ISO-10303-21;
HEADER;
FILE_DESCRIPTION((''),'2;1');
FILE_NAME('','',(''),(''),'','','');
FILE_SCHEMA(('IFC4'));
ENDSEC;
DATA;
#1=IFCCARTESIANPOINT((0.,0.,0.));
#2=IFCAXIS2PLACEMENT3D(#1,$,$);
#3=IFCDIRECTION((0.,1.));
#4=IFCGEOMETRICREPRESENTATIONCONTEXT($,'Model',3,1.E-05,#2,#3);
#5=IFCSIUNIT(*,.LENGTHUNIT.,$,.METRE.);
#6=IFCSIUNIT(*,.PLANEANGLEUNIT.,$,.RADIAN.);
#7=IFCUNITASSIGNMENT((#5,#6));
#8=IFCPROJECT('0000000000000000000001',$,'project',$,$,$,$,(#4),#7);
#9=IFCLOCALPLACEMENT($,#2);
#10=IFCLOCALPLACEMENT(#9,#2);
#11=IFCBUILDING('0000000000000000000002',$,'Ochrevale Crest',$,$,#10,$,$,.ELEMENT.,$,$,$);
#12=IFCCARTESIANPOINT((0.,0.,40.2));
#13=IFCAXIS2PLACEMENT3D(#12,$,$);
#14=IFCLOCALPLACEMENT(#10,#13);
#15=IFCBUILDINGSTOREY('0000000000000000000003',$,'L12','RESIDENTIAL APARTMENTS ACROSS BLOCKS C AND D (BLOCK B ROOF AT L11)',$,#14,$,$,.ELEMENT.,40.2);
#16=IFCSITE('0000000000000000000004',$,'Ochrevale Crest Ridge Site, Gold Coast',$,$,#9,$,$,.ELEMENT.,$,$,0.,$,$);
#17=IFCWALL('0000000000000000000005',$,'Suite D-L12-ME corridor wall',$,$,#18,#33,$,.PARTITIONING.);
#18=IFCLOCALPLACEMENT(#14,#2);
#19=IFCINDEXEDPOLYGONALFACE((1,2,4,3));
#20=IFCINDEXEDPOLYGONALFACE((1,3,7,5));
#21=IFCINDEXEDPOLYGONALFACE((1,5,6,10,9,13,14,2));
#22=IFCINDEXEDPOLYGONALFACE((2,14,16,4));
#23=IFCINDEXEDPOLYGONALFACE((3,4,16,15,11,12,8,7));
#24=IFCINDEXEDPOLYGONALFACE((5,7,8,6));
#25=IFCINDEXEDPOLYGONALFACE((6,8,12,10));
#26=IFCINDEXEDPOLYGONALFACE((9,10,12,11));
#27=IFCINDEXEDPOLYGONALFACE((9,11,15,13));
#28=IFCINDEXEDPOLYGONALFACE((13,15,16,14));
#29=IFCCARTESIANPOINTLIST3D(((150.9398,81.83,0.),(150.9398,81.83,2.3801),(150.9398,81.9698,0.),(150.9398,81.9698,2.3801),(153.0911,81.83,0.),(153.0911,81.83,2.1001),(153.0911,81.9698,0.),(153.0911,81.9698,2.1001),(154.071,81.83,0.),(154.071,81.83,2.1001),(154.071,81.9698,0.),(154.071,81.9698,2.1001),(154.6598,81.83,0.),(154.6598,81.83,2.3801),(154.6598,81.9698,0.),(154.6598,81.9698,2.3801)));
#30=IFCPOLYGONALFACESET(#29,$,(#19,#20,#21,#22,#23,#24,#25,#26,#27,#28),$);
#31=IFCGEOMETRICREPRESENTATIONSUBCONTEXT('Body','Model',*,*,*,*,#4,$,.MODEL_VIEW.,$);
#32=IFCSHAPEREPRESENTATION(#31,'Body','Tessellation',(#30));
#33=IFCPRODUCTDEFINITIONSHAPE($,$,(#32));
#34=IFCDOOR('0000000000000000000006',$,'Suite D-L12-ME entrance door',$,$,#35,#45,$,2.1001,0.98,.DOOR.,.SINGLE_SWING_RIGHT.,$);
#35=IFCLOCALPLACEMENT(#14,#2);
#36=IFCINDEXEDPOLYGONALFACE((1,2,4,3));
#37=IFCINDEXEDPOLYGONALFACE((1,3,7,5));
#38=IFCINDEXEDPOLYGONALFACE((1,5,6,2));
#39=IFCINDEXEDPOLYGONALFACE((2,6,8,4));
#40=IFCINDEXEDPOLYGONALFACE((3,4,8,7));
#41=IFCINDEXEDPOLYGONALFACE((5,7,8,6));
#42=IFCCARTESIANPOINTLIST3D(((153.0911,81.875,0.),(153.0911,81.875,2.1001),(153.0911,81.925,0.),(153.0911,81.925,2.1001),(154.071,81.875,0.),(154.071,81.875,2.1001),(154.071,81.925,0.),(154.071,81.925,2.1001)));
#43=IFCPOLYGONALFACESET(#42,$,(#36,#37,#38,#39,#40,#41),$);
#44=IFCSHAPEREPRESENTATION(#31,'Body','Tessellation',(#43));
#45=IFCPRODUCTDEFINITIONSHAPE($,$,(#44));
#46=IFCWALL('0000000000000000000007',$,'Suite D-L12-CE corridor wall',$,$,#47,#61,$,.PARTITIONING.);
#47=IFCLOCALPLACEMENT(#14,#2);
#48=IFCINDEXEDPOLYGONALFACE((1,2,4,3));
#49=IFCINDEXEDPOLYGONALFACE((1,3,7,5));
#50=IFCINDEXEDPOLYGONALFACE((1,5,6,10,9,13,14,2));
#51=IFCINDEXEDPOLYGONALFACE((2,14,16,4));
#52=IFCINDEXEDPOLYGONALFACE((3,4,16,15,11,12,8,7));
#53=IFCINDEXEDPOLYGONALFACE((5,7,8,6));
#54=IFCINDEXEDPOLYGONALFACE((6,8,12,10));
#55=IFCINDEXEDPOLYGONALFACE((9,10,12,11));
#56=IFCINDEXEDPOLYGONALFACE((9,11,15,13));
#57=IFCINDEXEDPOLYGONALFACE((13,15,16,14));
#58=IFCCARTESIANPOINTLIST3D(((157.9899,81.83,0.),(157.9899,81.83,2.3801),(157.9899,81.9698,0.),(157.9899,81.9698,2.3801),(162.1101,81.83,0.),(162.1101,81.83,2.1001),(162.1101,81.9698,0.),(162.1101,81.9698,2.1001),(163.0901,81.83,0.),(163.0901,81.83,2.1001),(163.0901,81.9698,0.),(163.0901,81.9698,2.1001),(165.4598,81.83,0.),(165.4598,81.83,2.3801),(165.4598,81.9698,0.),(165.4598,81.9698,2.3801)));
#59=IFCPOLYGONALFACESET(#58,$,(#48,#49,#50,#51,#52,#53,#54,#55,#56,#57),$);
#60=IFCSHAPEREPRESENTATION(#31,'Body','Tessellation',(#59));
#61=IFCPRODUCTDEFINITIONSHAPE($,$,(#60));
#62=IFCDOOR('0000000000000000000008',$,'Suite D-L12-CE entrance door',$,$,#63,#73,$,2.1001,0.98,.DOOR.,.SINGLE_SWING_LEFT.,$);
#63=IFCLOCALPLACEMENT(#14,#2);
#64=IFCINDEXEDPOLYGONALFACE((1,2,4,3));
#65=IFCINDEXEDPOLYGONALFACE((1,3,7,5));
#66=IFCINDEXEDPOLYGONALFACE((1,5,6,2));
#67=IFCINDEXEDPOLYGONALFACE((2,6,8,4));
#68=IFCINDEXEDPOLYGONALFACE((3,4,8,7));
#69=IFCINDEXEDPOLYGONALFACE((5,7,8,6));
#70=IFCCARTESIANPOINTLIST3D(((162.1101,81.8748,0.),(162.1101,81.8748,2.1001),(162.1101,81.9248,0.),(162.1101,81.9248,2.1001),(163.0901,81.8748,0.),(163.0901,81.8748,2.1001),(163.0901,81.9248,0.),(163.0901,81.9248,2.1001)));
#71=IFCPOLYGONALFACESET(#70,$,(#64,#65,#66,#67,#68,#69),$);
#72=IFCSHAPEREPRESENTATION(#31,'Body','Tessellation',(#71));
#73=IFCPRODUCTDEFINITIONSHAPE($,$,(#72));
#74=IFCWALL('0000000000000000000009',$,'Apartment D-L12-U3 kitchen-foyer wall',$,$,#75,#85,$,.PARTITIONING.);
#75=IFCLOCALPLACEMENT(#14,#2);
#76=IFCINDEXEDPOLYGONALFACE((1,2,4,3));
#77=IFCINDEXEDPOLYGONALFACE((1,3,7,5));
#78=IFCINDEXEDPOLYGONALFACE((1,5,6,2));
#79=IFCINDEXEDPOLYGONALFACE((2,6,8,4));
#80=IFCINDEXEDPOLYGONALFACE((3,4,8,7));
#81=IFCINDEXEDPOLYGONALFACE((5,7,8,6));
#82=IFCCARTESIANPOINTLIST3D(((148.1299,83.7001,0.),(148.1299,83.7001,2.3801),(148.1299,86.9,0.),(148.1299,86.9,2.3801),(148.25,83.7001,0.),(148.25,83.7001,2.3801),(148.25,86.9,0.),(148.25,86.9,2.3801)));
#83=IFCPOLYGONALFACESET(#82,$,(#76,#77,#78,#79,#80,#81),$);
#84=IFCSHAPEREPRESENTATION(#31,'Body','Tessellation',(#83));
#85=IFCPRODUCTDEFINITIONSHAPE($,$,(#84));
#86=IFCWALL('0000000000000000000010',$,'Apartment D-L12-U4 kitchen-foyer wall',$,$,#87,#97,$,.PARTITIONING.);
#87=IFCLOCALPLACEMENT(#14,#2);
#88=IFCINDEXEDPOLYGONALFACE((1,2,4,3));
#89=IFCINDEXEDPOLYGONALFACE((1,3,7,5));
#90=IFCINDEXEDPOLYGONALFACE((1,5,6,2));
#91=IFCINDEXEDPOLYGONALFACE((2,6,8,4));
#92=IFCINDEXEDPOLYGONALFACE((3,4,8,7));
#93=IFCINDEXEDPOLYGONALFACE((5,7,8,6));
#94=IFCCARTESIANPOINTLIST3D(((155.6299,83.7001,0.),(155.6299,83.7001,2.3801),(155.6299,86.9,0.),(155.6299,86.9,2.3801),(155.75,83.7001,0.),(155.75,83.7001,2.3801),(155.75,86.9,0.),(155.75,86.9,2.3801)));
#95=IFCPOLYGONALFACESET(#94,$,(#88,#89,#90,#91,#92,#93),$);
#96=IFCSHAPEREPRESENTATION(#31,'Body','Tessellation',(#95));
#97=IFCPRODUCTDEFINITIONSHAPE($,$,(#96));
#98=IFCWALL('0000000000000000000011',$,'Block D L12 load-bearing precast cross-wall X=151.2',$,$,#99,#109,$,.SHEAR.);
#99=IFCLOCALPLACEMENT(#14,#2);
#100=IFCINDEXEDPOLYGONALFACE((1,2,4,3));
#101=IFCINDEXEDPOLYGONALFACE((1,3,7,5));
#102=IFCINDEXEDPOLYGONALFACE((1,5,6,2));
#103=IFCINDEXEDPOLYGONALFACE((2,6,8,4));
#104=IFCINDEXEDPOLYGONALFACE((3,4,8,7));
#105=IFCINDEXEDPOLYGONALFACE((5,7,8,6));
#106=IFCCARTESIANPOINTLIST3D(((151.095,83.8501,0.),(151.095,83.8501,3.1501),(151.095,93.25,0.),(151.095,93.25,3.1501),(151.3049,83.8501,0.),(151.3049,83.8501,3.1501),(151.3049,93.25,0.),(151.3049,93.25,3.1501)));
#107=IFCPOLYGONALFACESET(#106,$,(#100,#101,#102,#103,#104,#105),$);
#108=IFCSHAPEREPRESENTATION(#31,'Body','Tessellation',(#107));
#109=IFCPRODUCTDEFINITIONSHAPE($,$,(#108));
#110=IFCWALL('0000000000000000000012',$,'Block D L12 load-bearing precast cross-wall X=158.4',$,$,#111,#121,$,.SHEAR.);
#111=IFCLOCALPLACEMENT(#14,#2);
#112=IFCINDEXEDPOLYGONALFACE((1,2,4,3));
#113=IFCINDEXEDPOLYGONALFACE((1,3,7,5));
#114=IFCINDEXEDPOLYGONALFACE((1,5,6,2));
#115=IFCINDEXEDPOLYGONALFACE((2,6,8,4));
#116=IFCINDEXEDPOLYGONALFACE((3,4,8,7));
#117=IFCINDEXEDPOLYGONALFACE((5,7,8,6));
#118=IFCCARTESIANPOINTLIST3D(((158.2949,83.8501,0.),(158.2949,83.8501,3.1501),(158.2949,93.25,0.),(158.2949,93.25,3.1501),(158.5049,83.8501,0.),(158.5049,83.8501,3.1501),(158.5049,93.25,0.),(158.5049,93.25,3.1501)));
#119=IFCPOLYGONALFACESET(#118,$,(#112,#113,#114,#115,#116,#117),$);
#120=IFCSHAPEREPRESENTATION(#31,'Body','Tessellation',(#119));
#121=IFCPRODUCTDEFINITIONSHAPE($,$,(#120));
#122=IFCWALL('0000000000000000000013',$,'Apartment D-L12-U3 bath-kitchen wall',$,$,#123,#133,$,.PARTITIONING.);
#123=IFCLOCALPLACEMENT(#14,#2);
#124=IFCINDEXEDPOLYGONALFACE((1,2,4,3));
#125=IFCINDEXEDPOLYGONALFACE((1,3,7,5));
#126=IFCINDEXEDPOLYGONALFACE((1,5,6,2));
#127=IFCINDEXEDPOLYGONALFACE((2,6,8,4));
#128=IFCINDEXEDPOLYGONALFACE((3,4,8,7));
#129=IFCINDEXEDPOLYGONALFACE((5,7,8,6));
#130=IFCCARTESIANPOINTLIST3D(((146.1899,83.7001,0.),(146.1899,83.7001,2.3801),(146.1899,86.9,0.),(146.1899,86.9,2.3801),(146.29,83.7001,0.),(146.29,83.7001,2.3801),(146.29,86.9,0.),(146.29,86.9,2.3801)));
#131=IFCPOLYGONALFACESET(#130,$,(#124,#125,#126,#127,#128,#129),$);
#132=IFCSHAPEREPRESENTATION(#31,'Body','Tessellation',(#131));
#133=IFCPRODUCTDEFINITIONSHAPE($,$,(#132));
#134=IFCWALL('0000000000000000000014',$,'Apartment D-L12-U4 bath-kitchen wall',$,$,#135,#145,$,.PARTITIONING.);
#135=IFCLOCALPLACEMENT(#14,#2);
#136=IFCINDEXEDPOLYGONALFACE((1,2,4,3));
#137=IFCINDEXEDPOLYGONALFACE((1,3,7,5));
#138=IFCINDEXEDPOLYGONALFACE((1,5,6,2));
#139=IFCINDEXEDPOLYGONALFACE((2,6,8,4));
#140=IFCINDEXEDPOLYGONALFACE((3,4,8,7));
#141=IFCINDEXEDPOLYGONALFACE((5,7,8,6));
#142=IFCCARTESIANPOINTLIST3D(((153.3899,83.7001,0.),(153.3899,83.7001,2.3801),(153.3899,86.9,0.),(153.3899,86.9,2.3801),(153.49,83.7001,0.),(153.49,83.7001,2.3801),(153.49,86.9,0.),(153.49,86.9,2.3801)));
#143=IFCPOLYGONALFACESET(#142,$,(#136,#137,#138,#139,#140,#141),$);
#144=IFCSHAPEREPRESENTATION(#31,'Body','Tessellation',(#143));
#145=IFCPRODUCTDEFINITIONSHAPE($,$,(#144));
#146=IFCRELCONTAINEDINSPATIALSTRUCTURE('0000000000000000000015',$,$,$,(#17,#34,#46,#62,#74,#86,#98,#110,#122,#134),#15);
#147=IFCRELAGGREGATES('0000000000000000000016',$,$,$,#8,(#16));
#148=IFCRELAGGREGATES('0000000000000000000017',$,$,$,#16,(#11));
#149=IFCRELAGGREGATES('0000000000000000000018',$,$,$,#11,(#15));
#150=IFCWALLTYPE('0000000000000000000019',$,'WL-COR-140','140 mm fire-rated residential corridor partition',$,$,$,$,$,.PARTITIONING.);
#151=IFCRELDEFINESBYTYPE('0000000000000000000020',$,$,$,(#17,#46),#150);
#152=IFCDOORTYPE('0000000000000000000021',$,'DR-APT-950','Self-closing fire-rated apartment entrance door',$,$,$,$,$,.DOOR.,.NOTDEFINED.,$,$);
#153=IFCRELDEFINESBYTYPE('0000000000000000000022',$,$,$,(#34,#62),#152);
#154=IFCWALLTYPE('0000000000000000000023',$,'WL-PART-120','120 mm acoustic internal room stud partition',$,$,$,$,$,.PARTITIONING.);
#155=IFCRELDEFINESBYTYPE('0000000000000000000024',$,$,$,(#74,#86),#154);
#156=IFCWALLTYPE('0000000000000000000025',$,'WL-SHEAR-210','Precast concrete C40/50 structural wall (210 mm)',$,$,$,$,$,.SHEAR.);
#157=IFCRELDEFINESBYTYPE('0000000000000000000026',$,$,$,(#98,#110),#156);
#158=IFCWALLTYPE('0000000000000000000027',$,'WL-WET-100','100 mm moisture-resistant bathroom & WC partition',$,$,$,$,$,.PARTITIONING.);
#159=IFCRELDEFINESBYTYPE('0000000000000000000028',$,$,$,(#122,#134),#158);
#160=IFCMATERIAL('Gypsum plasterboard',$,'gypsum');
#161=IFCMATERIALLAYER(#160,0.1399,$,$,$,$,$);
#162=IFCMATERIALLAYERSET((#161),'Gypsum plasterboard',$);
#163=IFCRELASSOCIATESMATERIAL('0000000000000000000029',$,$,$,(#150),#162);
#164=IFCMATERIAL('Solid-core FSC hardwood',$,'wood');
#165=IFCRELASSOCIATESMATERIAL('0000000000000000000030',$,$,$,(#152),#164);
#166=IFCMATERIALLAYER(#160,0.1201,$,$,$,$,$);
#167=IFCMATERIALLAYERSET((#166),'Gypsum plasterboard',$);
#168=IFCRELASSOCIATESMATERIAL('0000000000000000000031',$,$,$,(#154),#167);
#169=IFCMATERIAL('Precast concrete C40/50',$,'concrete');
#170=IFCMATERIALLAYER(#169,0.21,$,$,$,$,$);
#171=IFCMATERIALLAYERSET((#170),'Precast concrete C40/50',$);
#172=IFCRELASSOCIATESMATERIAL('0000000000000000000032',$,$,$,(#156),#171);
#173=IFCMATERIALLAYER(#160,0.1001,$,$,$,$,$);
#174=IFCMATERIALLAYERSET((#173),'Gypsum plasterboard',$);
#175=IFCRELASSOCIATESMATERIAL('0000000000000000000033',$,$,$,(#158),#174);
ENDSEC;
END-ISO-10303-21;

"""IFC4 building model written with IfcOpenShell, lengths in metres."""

from ifc_helpers import new_model, si_unit, direction, frame, frame_2d, origin, place, context, subcontext, project, spatial, rectangle, extrude, material, layer, layer_set, type_object, element, fill, save


model = new_model("IFC4")

# Units and contexts
model_context = context("Model", 3, precision=1e-05, world=origin(), true_north=direction((0.0, 1.0)))
body_context = subcontext(model_context, "Body", "Model", "MODEL_VIEW")
ifc_project = project(units=[si_unit("LENGTHUNIT", "METRE"), si_unit("PLANEANGLEUNIT", "RADIAN")], contexts=[model_context])

# Site, building, storey
site_placement = place(None, origin())
site = spatial("IfcSite", under=ifc_project, at=site_placement, Name="Ochrevale Crest Ridge Site, Gold Coast", CompositionType="ELEMENT", RefElevation=0.0)
building_placement = place(site_placement, origin())
building = spatial("IfcBuilding", under=site, at=building_placement, Name="Ochrevale Crest", CompositionType="ELEMENT")
storey_placement = place(building_placement, frame((0.0, 0.0, 40.2)))
storey = spatial("IfcBuildingStorey", under=building, at=storey_placement, Name="L12", Description="RESIDENTIAL APARTMENTS ACROSS BLOCKS C AND D (BLOCK B ROOF AT L11)", CompositionType="ELEMENT", Elevation=40.2)

# Walls, openings, doors
ifc_material_1 = material(Name="Gypsum plasterboard", Category="gypsum")
ifc_layer_1 = layer(ifc_material_1, 0.1399)
ifc_layer_set_1 = layer_set([ifc_layer_1], Name="Gypsum plasterboard")
wall_type_1 = type_object("IfcWallType", Name="WL-COR-140", Description="140 mm fire-rated residential corridor partition", PredefinedType="PARTITIONING", material=ifc_layer_set_1)
ifc_material_2 = material(Name="Solid-core FSC hardwood", Category="wood")
door_type_1 = type_object("IfcDoorType", Name="DR-APT-950", Description="Self-closing fire-rated apartment entrance door", OperationType="NOTDEFINED", PredefinedType="DOOR", material=ifc_material_2)
wall_1_placement = place(storey_placement, frame((150.9399, 81.8999, 0.0), z_axis=(0.0, 0.0, 1.0), x_axis=(1.0, 0.0, 0.0)))
wall_1 = element("IfcWall", 1, at=wall_1_placement, inside=storey, type_object=wall_type_1, Name="Suite D-L12-ME corridor wall", PredefinedType="PARTITIONING", context=body_context, shape_type="SweptSolid", body=[
    extrude(rectangle(XDim=3.72, YDim=0.1399, at=frame_2d((1.8599, 0.0))), origin(), (0.0, 0.0, 1.0), 2.3801),
])
opening_1_placement = place(wall_1_placement, frame((3.1311, 0.0, 0.0), z_axis=(0.0, 0.0, 1.0), x_axis=(-1.0, 0.0, 0.0)))
opening_1 = element("IfcOpeningElement", 2, at=opening_1_placement, cuts=wall_1, PredefinedType="OPENING", context=body_context, shape_type="SweptSolid", body=[
    extrude(rectangle(XDim=0.98, YDim=2.1001, at=frame_2d((0.49, 1.05))), frame((0.0, 0.0801, 0.0), z_axis=(0.0, -1.0, 0.0), x_axis=(1.0, 0.0, 0.0)), (0.0, 0.0, 1.0), 0.1599),
])
door_1_placement = place(opening_1_placement, origin())
door_1 = element("IfcDoor", 3, at=door_1_placement, inside=storey, type_object=door_type_1, Name="Suite D-L12-ME entrance door", OperationType="SINGLE_SWING_RIGHT", OverallHeight=2.1001, OverallWidth=0.98, PredefinedType="DOOR", context=body_context, shape_type="SweptSolid", body=[
    extrude(rectangle(XDim=0.98, YDim=2.1001, at=frame_2d((0.49, 1.05))), frame((0.0, 0.0249, 0.0), z_axis=(0.0, -1.0, 0.0), x_axis=(1.0, 0.0, 0.0)), (0.0, 0.0, 1.0), 0.05),
])
fill(opening_1, door_1)
wall_2_placement = place(storey_placement, frame((157.99, 81.8999, 0.0), z_axis=(0.0, 0.0, 1.0), x_axis=(1.0, 0.0, 0.0)))
wall_2 = element("IfcWall", 4, at=wall_2_placement, inside=storey, type_object=wall_type_1, Name="Suite D-L12-CE corridor wall", PredefinedType="PARTITIONING", context=body_context, shape_type="SweptSolid", body=[
    extrude(rectangle(XDim=7.47, YDim=0.1399, at=frame_2d((3.7349, 0.0))), origin(), (0.0, 0.0, 1.0), 2.3801),
])
opening_2_placement = place(wall_2_placement, frame((4.1201, 0.0, 0.0)))
opening_2 = element("IfcOpeningElement", 5, at=opening_2_placement, cuts=wall_2, PredefinedType="OPENING", context=body_context, shape_type="SweptSolid", body=[
    extrude(rectangle(XDim=0.98, YDim=2.1001, at=frame_2d((0.49, 1.05))), frame((0.0, 0.0801, 0.0), z_axis=(0.0, -1.0, 0.0), x_axis=(1.0, 0.0, 0.0)), (0.0, 0.0, 1.0), 0.1599),
])
door_2_placement = place(opening_2_placement, origin())
door_2 = element("IfcDoor", 6, at=door_2_placement, inside=storey, type_object=door_type_1, Name="Suite D-L12-CE entrance door", OperationType="SINGLE_SWING_LEFT", OverallHeight=2.1001, OverallWidth=0.98, PredefinedType="DOOR", context=body_context, shape_type="SweptSolid", body=[
    extrude(rectangle(XDim=0.98, YDim=2.1001, at=frame_2d((0.49, 1.05))), frame((0.0, 0.0249, 0.0), z_axis=(0.0, -1.0, 0.0), x_axis=(1.0, 0.0, 0.0)), (0.0, 0.0, 1.0), 0.05),
])
fill(opening_2, door_2)

# Walls
ifc_layer_2 = layer(ifc_material_1, 0.1201)
ifc_layer_set_2 = layer_set([ifc_layer_2], Name="Gypsum plasterboard")
wall_type_2 = type_object("IfcWallType", Name="WL-PART-120", Description="120 mm acoustic internal room stud partition", PredefinedType="PARTITIONING", material=ifc_layer_set_2)
for number, where, z_axis, x_axis, name in (
    (7, (148.1899, 83.7, 0.0), (0.0, 0.0, 1.0), (0.0, 1.0, 0.0), "Apartment D-L12-U3 kitchen-foyer wall"),
    (8, (155.6899, 83.7, 0.0), (0.0, 0.0, 1.0), (0.0, 1.0, 0.0), "Apartment D-L12-U4 kitchen-foyer wall"),
):
    element("IfcWall", number, at=place(storey_placement, frame(where, z_axis=z_axis, x_axis=x_axis)), inside=storey, type_object=wall_type_2, Name=name, PredefinedType="PARTITIONING", context=body_context, shape_type="SweptSolid", body=[
        extrude(rectangle(XDim=3.2, YDim=0.1201, at=frame_2d((1.6001, 0.0))), origin(), (0.0, 0.0, 1.0), 2.3801),
    ])
ifc_material_3 = material(Name="Precast concrete C40/50", Category="concrete")
ifc_layer_3 = layer(ifc_material_3, 0.21)
ifc_layer_set_3 = layer_set([ifc_layer_3], Name="Precast concrete C40/50")
wall_type_3 = type_object("IfcWallType", Name="WL-SHEAR-210", Description="Precast concrete C40/50 structural wall (210 mm)", PredefinedType="SHEAR", material=ifc_layer_set_3)
for number, where, z_axis, x_axis, name in (
    (9, (151.2, 83.8501, 0.0), (0.0, 0.0, 1.0), (0.0, 1.0, 0.0), "Block D L12 load-bearing precast cross-wall X=151.2"),
    (10, (158.3999, 83.8501, 0.0), (0.0, 0.0, 1.0), (0.0, 1.0, 0.0), "Block D L12 load-bearing precast cross-wall X=158.4"),
):
    element("IfcWall", number, at=place(storey_placement, frame(where, z_axis=z_axis, x_axis=x_axis)), inside=storey, type_object=wall_type_3, Name=name, PredefinedType="SHEAR", context=body_context, shape_type="SweptSolid", body=[
        extrude(rectangle(XDim=9.3999, YDim=0.21, at=frame_2d((4.7, 0.0))), origin(), (0.0, 0.0, 1.0), 3.1501),
    ])
ifc_layer_4 = layer(ifc_material_1, 0.1001)
ifc_layer_set_4 = layer_set([ifc_layer_4], Name="Gypsum plasterboard")
wall_type_4 = type_object("IfcWallType", Name="WL-WET-100", Description="100 mm moisture-resistant bathroom & WC partition", PredefinedType="PARTITIONING", material=ifc_layer_set_4)
for number, where, z_axis, x_axis, name in (
    (11, (146.24, 83.7, 0.0), (0.0, 0.0, 1.0), (0.0, 1.0, 0.0), "Apartment D-L12-U3 bath-kitchen wall"),
    (12, (153.4399, 83.7, 0.0), (0.0, 0.0, 1.0), (0.0, 1.0, 0.0), "Apartment D-L12-U4 bath-kitchen wall"),
):
    element("IfcWall", number, at=place(storey_placement, frame(where, z_axis=z_axis, x_axis=x_axis)), inside=storey, type_object=wall_type_4, Name=name, PredefinedType="PARTITIONING", context=body_context, shape_type="SweptSolid", body=[
        extrude(rectangle(XDim=3.2, YDim=0.1001, at=frame_2d((1.6001, 0.0))), origin(), (0.0, 0.0, 1.0), 2.3801),
    ])

save(model, "model.ifc")
